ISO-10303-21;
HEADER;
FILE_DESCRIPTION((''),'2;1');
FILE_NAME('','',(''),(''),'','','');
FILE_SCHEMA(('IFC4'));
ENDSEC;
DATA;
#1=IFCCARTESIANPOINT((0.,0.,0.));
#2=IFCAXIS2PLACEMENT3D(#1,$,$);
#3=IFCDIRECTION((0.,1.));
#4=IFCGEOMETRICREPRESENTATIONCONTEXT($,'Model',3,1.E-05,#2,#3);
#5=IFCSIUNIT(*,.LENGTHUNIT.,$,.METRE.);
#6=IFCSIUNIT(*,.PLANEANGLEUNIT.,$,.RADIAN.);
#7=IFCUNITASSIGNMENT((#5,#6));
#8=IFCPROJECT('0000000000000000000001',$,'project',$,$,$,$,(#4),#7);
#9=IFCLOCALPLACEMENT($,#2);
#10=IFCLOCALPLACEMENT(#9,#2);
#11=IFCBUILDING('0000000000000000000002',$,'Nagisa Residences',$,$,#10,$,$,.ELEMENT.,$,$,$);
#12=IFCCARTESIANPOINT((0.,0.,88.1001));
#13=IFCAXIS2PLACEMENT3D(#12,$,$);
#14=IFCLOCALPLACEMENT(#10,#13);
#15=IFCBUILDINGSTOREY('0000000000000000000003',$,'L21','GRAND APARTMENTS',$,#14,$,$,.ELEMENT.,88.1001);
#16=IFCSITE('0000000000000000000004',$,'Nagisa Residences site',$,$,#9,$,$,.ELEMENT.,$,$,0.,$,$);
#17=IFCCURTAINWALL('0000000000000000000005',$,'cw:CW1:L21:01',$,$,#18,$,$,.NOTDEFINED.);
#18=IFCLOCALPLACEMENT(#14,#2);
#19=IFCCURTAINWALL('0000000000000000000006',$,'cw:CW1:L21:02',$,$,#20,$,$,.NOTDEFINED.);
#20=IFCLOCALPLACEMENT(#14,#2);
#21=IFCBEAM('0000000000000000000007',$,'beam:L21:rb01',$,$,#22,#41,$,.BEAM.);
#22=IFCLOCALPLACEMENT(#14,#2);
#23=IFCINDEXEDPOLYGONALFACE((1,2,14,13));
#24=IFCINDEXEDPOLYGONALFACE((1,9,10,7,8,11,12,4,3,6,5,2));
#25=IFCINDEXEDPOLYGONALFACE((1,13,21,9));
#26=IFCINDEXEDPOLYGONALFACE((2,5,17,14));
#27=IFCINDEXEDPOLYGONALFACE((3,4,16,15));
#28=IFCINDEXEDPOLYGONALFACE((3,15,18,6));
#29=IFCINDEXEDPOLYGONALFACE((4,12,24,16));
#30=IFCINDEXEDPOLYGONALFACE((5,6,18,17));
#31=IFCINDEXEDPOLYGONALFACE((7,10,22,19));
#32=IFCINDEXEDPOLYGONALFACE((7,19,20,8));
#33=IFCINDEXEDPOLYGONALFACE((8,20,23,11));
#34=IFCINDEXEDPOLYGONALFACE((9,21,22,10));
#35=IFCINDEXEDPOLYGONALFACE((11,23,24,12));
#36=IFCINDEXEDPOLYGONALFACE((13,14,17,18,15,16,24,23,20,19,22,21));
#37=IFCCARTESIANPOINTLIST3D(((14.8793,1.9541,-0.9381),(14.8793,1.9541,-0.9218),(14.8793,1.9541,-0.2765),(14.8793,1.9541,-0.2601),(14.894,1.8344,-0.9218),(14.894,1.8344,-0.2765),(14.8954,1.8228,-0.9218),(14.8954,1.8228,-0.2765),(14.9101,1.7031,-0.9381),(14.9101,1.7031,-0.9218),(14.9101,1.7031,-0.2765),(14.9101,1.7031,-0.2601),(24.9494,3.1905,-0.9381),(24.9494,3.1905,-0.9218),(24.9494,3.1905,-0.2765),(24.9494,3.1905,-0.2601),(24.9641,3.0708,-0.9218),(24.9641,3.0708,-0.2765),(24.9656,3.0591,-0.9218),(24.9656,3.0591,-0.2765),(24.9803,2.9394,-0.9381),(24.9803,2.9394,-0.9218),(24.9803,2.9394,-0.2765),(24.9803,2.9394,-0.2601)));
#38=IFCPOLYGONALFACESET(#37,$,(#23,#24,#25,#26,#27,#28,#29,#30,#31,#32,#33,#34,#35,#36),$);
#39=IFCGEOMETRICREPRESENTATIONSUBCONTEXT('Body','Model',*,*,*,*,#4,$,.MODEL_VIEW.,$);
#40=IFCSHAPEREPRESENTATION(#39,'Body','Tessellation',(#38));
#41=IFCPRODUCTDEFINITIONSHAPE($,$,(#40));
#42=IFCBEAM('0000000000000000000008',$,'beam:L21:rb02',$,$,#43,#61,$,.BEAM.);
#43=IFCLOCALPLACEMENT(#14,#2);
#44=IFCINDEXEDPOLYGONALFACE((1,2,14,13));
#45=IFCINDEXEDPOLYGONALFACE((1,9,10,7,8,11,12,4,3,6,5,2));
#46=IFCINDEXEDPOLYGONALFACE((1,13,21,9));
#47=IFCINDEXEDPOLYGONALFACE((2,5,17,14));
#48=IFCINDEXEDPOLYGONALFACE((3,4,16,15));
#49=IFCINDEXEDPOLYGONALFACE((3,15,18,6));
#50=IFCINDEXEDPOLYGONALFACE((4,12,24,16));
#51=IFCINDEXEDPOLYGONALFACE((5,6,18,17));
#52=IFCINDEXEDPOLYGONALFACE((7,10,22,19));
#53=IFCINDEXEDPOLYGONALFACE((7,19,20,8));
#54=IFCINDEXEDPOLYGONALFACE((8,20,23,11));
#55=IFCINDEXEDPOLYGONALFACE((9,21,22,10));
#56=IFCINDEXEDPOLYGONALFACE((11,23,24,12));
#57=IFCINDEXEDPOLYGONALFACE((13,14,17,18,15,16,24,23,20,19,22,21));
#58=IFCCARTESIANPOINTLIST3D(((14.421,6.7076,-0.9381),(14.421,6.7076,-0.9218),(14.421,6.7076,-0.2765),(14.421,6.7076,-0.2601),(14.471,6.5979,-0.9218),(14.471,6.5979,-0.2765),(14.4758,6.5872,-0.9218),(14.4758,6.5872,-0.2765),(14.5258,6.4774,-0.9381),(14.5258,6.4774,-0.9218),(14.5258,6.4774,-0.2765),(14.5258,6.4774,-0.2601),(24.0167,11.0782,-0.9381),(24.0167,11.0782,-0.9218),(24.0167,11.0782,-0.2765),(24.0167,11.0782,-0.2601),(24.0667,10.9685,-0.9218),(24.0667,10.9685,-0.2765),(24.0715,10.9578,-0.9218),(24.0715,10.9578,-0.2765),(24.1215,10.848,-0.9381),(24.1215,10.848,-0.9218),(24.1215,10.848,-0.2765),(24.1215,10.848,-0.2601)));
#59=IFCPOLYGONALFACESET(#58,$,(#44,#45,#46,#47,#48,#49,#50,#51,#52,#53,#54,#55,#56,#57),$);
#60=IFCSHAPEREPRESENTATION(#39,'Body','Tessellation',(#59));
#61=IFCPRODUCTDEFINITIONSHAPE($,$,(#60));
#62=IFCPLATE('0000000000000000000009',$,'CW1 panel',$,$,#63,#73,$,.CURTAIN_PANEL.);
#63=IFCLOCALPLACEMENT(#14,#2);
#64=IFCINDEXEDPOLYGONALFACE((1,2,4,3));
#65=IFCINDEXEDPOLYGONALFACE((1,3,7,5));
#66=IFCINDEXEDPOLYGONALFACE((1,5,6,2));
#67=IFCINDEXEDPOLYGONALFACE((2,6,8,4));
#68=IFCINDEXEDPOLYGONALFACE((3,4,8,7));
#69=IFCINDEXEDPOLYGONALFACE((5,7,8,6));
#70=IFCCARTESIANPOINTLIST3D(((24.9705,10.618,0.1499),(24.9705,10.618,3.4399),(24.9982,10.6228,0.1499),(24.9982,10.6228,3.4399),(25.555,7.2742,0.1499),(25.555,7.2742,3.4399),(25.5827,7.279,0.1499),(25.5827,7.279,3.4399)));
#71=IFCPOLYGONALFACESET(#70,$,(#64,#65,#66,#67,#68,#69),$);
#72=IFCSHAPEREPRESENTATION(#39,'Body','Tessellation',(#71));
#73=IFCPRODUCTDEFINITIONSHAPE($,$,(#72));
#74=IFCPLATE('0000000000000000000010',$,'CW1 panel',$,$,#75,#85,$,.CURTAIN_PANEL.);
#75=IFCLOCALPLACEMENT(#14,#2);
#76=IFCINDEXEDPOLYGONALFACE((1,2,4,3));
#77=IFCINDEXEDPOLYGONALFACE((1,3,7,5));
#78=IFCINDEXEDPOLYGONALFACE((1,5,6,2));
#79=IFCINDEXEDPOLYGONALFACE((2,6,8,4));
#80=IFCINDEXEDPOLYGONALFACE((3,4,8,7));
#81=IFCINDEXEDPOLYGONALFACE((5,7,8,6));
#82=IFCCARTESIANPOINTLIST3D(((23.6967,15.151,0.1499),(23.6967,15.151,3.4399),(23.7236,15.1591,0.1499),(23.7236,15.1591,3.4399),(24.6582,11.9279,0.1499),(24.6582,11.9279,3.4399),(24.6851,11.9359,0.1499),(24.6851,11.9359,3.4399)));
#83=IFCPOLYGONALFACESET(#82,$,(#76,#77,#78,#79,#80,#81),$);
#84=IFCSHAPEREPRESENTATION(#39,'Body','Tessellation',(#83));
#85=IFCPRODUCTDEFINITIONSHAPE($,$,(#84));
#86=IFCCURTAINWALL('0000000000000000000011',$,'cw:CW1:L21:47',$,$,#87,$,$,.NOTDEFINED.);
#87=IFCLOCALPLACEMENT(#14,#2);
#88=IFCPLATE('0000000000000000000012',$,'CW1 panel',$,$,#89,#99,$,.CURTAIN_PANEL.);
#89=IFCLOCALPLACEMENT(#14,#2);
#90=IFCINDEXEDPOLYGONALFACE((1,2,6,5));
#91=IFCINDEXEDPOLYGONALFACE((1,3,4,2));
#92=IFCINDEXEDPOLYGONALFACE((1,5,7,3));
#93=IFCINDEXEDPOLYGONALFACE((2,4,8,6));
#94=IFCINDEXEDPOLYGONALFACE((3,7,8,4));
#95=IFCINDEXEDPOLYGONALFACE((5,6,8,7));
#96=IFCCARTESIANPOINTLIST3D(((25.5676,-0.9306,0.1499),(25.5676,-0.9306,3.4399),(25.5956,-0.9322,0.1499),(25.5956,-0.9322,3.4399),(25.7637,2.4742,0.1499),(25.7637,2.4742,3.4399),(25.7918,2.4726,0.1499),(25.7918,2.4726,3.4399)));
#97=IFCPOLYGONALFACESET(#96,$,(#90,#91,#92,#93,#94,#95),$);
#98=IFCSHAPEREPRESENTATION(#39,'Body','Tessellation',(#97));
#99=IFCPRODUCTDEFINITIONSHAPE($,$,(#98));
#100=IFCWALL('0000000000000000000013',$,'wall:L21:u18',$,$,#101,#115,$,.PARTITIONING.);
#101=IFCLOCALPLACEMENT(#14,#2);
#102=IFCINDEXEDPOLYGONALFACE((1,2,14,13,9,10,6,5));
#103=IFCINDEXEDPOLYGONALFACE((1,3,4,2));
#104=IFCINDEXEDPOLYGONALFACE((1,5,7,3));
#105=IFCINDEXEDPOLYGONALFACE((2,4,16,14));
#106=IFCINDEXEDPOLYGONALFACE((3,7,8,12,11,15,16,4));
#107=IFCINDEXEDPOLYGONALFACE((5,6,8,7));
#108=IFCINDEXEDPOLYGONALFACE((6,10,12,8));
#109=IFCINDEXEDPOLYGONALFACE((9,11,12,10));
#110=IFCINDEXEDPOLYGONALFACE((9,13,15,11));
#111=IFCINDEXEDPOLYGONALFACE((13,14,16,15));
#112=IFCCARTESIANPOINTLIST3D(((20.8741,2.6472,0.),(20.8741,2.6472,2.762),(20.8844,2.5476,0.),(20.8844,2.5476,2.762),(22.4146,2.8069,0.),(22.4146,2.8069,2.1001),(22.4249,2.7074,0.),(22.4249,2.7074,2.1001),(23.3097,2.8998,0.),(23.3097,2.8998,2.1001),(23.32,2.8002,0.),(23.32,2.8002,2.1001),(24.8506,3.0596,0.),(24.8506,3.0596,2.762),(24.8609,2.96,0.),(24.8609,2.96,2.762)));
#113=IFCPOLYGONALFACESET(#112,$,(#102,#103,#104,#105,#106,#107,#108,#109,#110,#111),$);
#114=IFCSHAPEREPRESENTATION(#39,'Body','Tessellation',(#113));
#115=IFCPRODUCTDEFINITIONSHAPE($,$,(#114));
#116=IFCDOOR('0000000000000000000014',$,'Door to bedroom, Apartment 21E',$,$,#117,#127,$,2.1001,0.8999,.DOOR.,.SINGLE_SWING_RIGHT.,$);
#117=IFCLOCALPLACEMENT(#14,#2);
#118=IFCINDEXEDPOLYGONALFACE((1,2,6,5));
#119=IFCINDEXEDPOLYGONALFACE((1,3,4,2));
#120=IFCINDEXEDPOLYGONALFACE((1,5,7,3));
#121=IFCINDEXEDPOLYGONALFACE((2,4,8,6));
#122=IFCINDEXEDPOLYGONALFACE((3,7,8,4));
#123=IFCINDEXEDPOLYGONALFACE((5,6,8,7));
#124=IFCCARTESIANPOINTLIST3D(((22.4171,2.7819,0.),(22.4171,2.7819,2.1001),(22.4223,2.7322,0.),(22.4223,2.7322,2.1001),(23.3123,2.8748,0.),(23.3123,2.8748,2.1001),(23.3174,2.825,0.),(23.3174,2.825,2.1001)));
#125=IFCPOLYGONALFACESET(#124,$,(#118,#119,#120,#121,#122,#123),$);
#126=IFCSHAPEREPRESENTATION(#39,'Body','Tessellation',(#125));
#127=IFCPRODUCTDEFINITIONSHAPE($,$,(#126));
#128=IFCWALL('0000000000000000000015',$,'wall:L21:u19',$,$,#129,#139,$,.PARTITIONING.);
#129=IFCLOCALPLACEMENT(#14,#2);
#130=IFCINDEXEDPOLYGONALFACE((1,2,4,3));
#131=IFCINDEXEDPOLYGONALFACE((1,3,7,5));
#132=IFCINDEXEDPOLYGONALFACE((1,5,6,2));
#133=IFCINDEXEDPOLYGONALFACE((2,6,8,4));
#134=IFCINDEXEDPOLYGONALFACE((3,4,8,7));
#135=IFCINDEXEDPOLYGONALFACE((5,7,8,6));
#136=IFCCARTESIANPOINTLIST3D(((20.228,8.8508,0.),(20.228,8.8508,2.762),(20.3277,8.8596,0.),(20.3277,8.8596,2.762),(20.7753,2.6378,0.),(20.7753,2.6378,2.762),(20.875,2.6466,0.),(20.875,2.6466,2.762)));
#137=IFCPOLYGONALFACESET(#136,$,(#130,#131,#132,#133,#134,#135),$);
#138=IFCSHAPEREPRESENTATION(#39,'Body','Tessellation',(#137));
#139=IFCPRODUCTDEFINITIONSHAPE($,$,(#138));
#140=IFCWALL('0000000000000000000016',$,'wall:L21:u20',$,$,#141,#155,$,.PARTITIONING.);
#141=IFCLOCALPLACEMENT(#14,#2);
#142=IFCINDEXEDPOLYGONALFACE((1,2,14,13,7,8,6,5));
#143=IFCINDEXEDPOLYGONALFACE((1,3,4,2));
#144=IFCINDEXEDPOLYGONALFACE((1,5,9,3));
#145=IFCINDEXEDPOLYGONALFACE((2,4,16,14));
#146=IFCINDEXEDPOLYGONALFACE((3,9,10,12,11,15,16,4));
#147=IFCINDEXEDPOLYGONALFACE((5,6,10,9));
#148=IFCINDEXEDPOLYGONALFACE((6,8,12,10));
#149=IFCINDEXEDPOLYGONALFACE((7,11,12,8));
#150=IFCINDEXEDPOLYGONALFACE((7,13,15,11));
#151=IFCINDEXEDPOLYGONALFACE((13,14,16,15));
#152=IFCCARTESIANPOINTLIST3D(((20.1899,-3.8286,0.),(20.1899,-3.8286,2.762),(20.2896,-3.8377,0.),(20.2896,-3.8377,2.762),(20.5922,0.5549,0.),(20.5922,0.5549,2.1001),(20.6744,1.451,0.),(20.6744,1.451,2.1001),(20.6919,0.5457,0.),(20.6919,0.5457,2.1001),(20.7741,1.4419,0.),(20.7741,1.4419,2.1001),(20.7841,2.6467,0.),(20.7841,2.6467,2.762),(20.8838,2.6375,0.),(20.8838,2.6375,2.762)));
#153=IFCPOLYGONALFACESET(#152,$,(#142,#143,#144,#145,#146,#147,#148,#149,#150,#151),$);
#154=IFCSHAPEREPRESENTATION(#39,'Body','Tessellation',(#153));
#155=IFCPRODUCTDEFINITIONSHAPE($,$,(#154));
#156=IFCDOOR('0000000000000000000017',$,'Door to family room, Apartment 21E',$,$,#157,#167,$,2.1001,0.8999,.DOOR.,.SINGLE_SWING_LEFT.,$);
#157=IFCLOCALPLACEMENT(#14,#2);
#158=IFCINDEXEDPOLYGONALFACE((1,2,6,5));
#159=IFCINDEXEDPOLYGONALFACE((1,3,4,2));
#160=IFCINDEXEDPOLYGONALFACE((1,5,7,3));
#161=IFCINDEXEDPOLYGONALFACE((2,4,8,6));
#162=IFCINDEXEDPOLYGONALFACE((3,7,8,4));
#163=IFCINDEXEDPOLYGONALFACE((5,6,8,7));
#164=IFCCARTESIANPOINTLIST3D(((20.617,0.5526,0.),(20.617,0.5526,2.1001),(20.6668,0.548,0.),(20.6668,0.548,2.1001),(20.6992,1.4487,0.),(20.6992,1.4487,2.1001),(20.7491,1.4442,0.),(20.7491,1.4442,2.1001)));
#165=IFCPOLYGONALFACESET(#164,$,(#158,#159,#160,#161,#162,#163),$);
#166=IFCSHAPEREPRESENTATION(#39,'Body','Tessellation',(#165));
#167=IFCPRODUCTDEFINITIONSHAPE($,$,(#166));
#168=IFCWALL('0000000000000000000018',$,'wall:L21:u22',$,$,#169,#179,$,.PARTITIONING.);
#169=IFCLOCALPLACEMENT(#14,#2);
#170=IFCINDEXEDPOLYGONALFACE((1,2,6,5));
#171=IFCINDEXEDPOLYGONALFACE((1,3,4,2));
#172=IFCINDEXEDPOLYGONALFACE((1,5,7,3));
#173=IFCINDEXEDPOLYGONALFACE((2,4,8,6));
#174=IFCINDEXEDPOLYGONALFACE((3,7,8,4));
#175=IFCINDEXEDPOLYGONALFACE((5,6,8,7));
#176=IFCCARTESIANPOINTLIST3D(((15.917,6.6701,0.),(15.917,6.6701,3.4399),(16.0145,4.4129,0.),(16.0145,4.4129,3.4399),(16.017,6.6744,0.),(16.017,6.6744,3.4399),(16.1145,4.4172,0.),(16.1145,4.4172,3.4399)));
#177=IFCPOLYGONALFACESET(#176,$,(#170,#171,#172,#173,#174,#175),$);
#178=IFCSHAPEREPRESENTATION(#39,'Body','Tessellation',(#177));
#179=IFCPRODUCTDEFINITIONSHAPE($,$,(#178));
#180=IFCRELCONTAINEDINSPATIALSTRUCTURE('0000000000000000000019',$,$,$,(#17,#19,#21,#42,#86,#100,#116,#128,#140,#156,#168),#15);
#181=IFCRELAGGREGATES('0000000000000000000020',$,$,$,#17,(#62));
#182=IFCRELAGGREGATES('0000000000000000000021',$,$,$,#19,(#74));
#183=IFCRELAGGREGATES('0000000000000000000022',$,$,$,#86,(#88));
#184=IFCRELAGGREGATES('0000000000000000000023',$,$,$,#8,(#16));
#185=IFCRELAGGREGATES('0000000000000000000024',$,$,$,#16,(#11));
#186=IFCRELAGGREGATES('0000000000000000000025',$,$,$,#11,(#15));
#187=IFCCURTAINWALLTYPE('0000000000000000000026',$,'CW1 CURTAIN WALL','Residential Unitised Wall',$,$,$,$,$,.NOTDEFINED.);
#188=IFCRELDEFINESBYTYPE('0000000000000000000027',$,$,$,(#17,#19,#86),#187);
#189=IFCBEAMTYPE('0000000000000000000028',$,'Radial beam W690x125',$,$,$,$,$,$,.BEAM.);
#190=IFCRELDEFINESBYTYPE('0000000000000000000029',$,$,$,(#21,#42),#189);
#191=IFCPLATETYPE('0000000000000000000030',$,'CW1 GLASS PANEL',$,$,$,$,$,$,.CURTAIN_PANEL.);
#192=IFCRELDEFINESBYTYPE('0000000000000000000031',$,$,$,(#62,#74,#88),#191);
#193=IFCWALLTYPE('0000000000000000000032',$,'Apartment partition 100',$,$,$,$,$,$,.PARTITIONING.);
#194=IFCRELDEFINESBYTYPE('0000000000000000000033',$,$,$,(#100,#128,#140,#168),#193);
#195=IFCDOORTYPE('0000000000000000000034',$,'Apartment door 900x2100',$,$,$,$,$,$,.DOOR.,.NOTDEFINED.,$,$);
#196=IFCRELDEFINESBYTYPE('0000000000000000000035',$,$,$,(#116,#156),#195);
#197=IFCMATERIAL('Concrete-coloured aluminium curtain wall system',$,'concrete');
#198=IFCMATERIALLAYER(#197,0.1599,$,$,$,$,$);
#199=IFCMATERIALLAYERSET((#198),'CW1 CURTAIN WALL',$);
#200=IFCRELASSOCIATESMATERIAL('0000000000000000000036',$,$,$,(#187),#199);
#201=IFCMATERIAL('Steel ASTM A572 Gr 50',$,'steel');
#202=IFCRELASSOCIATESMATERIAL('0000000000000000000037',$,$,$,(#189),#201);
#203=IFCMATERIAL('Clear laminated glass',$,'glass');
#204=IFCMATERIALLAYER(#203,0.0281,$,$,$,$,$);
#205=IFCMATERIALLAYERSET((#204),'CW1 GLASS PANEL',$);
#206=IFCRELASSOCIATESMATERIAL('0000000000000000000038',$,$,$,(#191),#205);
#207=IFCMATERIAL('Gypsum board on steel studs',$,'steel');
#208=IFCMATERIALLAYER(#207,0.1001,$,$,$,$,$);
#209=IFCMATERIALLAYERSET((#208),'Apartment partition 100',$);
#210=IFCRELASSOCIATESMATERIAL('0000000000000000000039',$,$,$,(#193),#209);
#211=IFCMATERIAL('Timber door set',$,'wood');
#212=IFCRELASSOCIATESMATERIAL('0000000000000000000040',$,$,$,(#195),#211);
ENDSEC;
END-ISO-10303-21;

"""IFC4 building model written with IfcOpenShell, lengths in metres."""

from ifc_helpers import new_model, si_unit, direction, frame, frame_2d, origin, origin_2d, place, context, subcontext, project, spatial, rectangle, i_section, extrude, material, layer, layer_set, material_profile, profile_set, type_object, element, fill, aggregate, save


model = new_model("IFC4")

# Units and contexts
model_context = context("Model", 3, precision=1e-05, world=origin(), true_north=direction((0.0, 1.0)))
body_context = subcontext(model_context, "Body", "Model", "MODEL_VIEW")
ifc_project = project(units=[si_unit("LENGTHUNIT", "METRE"), si_unit("PLANEANGLEUNIT", "RADIAN")], contexts=[model_context])

# Site, building, storey
site_placement = place(None, origin())
site = spatial("IfcSite", under=ifc_project, at=site_placement, Name="Nagisa Residences site", CompositionType="ELEMENT", RefElevation=0.0)
building_placement = place(site_placement, origin())
building = spatial("IfcBuilding", under=site, at=building_placement, Name="Nagisa Residences", CompositionType="ELEMENT")
storey_placement = place(building_placement, frame((0.0, 0.0, 88.1001)))
storey = spatial("IfcBuildingStorey", under=building, at=storey_placement, Name="L21", Description="GRAND APARTMENTS", CompositionType="ELEMENT", Elevation=88.1001)

# Curtain walls
ifc_material_1 = material(Name="Concrete-coloured aluminium curtain wall system", Category="concrete")
ifc_layer_1 = layer(ifc_material_1, 0.1599)
ifc_layer_set_1 = layer_set([ifc_layer_1], Name="CW1 CURTAIN WALL")
curtain_wall_type = type_object("IfcCurtainWallType", Name="CW1 CURTAIN WALL", Description="Residential Unitised Wall", PredefinedType="NOTDEFINED", material=ifc_layer_set_1)
curtain_wall_1_placement = place(storey_placement, origin())
curtain_wall_1 = element("IfcCurtainWall", 1, at=curtain_wall_1_placement, inside=storey, type_object=curtain_wall_type, Name="cw:CW1:L21:01", PredefinedType="NOTDEFINED")
curtain_wall_2_placement = place(storey_placement, origin())
curtain_wall_2 = element("IfcCurtainWall", 2, at=curtain_wall_2_placement, inside=storey, type_object=curtain_wall_type, Name="cw:CW1:L21:02", PredefinedType="NOTDEFINED")

# Beams
ifc_material_2 = material(Name="Steel ASTM A572 Gr 50", Category="steel")
ifc_material_profile_1 = material_profile(ifc_material_2, i_section(OverallWidth=0.2529, OverallDepth=0.678, WebThickness=0.0117, FlangeThickness=0.0164, at=origin_2d()), Name="W690x125")
ifc_profile_set_1 = profile_set([ifc_material_profile_1], Name="Steel ASTM A572 Gr 50")
beam_type_1 = type_object("IfcBeamType", Name="Radial beam W690x125", PredefinedType="BEAM", material=ifc_profile_set_1)
beam_1_placement = place(storey_placement, frame((24.9648, 3.0649, -0.5991), z_axis=(-0.992548, -0.121858, 0.0), x_axis=(0.121858, -0.992548, 0.0)))
element("IfcBeam", 3, at=beam_1_placement, inside=storey, type_object=beam_type_1, Name="beam:L21:rb01", PredefinedType="BEAM", context=body_context, shape_type="SweptSolid", body=[
    extrude(i_section(OverallWidth=0.2529, OverallDepth=0.678, WebThickness=0.0117, FlangeThickness=0.0164, at=origin_2d()), origin(), (0.0, 0.0, 1.0), 10.1458),
])
beam_2_placement = place(storey_placement, frame((24.0691, 10.9631, -0.5991), z_axis=(-0.910047, -0.414504, 0.0), x_axis=(0.414504, -0.910047, 0.0)))
element("IfcBeam", 4, at=beam_2_placement, inside=storey, type_object=beam_type_1, Name="beam:L21:rb02", PredefinedType="BEAM", context=body_context, shape_type="SweptSolid", body=[
    extrude(i_section(OverallWidth=0.2529, OverallDepth=0.678, WebThickness=0.0117, FlangeThickness=0.0164, at=origin_2d()), origin(), (0.0, 0.0, 1.0), 10.5442),
])

# Plates
ifc_material_3 = material(Name="Clear laminated glass", Category="glass")
ifc_layer_2 = layer(ifc_material_3, 0.0281)
ifc_layer_set_2 = layer_set([ifc_layer_2], Name="CW1 GLASS PANEL")
plate_type = type_object("IfcPlateType", Name="CW1 GLASS PANEL", PredefinedType="CURTAIN_PANEL", material=ifc_layer_set_2)
plate_1_placement = place(storey_placement, frame((25.2766, 8.9485, 0.1499), z_axis=(0.0, 0.0, 1.0), x_axis=(-0.172191, 0.985064, 0.0)))
plate_1 = element("IfcPlate", 5, at=plate_1_placement, type_object=plate_type, Name="CW1 panel", PredefinedType="CURTAIN_PANEL", context=body_context, shape_type="SweptSolid", body=[
    extrude(rectangle(XDim=3.3945, YDim=0.0281, at=origin_2d()), origin(), (0.0, 0.0, 1.0), 3.29),
])
aggregate(curtain_wall_1, [plate_1])
plate_2_placement = place(storey_placement, frame((24.1909, 13.5435, 0.1499), z_axis=(0.0, 0.0, 1.0), x_axis=(-0.28586, 0.958271, 0.0)))
plate_2 = element("IfcPlate", 6, at=plate_2_placement, type_object=plate_type, Name="CW1 panel", PredefinedType="CURTAIN_PANEL", context=body_context, shape_type="SweptSolid", body=[
    extrude(rectangle(XDim=3.3635, YDim=0.0281, at=origin_2d()), origin(), (0.0, 0.0, 1.0), 3.29),
])
aggregate(curtain_wall_2, [plate_2])

# Curtain wall, plate
curtain_wall_3_placement = place(storey_placement, origin())
curtain_wall_3 = element("IfcCurtainWall", 7, at=curtain_wall_3_placement, inside=storey, type_object=curtain_wall_type, Name="cw:CW1:L21:47", PredefinedType="NOTDEFINED")
plate_3_placement = place(storey_placement, frame((25.6797, 0.771, 0.1499), z_axis=(0.0, 0.0, 1.0), x_axis=(0.057503, 0.998345, 0.0)))
plate_3 = element("IfcPlate", 8, at=plate_3_placement, type_object=plate_type, Name="CW1 panel", PredefinedType="CURTAIN_PANEL", context=body_context, shape_type="SweptSolid", body=[
    extrude(rectangle(XDim=3.4104, YDim=0.0281, at=origin_2d()), origin(), (0.0, 0.0, 1.0), 3.29),
])
aggregate(curtain_wall_3, [plate_3])

# Wall, opening, door
ifc_material_4 = material(Name="Gypsum board on steel studs", Category="steel")
ifc_layer_3 = layer(ifc_material_4, 0.1001)
ifc_layer_set_3 = layer_set([ifc_layer_3], Name="Apartment partition 100")
wall_type_1 = type_object("IfcWallType", Name="Apartment partition 100", PredefinedType="PARTITIONING", material=ifc_layer_set_3)
wall_1_placement = place(storey_placement, frame((20.8792, 2.5974, 0.0), z_axis=(0.0, 0.0, 1.0), x_axis=(0.994667, 0.103143, 0.0)))
wall_1 = element("IfcWall", 9, at=wall_1_placement, inside=storey, type_object=wall_type_1, Name="wall:L21:u18", PredefinedType="PARTITIONING", context=body_context, shape_type="SweptSolid", body=[
    extrude(rectangle(XDim=3.9978, YDim=0.1001, at=frame_2d((1.999, 0.0))), origin(), (0.0, 0.0, 1.0), 2.762),
])
opening_1_placement = place(wall_1_placement, frame((1.5488, 0.0, 0.0)))
opening_1 = element("IfcOpeningElement", 10, at=opening_1_placement, cuts=wall_1, PredefinedType="OPENING", context=body_context, shape_type="SweptSolid", body=[
    extrude(rectangle(XDim=0.8999, YDim=2.1001, at=frame_2d((0.45, 1.05))), frame((0.0, 0.0601, 0.0), z_axis=(0.0, -1.0, 0.0), x_axis=(1.0, 0.0, 0.0)), (0.0, 0.0, 1.0), 0.1201),
])
ifc_material_5 = material(Name="Timber door set", Category="wood")
door_type_1 = type_object("IfcDoorType", Name="Apartment door 900x2100", OperationType="NOTDEFINED", PredefinedType="DOOR", material=ifc_material_5)
door_1_placement = place(opening_1_placement, origin())
door_1 = element("IfcDoor", 11, at=door_1_placement, inside=storey, type_object=door_type_1, Name="Door to bedroom, Apartment 21E", OperationType="SINGLE_SWING_RIGHT", OverallHeight=2.1001, OverallWidth=0.8999, PredefinedType="DOOR", context=body_context, shape_type="SweptSolid", body=[
    extrude(rectangle(XDim=0.8999, YDim=2.1001, at=frame_2d((0.45, 1.05))), frame((0.0, 0.0249, 0.0), z_axis=(0.0, -1.0, 0.0), x_axis=(1.0, 0.0, 0.0)), (0.0, 0.0, 1.0), 0.05),
])
fill(opening_1, door_1)

# Wall
wall_2_placement = place(storey_placement, frame((20.8252, 2.6421, 0.0), z_axis=(0.0, 0.0, 1.0), x_axis=(-0.087761, 0.996142, 0.0)))
element("IfcWall", 12, at=wall_2_placement, inside=storey, type_object=wall_type_1, Name="wall:L21:u19", PredefinedType="PARTITIONING", context=body_context, shape_type="SweptSolid", body=[
    extrude(rectangle(XDim=6.2371, YDim=0.1001, at=frame_2d((3.1187, 0.0))), origin(), (0.0, 0.0, 1.0), 2.762),
])

# Wall, opening, door
wall_3_placement = place(storey_placement, frame((20.834, 2.6421, 0.0), z_axis=(0.0, 0.0, 1.0), x_axis=(-0.091385, -0.995816, 0.0)))
wall_3 = element("IfcWall", 13, at=wall_3_placement, inside=storey, type_object=wall_type_1, Name="wall:L21:u20", PredefinedType="PARTITIONING", context=body_context, shape_type="SweptSolid", body=[
    extrude(rectangle(XDim=6.5024, YDim=0.1001, at=frame_2d((3.2512, 0.0))), origin(), (0.0, 0.0, 1.0), 2.762),
])
opening_2_placement = place(wall_3_placement, frame((1.2007, 0.0, 0.0)))
opening_2 = element("IfcOpeningElement", 14, at=opening_2_placement, cuts=wall_3, PredefinedType="OPENING", context=body_context, shape_type="SweptSolid", body=[
    extrude(rectangle(XDim=0.8999, YDim=2.1001, at=frame_2d((0.45, 1.05))), frame((0.0, 0.0601, 0.0), z_axis=(0.0, -1.0, 0.0), x_axis=(1.0, 0.0, 0.0)), (0.0, 0.0, 1.0), 0.1201),
])
door_2_placement = place(opening_2_placement, origin())
door_2 = element("IfcDoor", 15, at=door_2_placement, inside=storey, type_object=door_type_1, Name="Door to family room, Apartment 21E", OperationType="SINGLE_SWING_LEFT", OverallHeight=2.1001, OverallWidth=0.8999, PredefinedType="DOOR", context=body_context, shape_type="SweptSolid", body=[
    extrude(rectangle(XDim=0.8999, YDim=2.1001, at=frame_2d((0.45, 1.05))), frame((0.0, 0.0249, 0.0), z_axis=(0.0, -1.0, 0.0), x_axis=(1.0, 0.0, 0.0)), (0.0, 0.0, 1.0), 0.05),
])
fill(opening_2, door_2)

# Wall
wall_4_placement = place(storey_placement, frame((16.0645, 4.415, 0.0), z_axis=(0.0, 0.0, 1.0), x_axis=(-0.043118, 0.99907, 0.0)))
element("IfcWall", 16, at=wall_4_placement, inside=storey, type_object=wall_type_1, Name="wall:L21:u22", PredefinedType="PARTITIONING", context=body_context, shape_type="SweptSolid", body=[
    extrude(rectangle(XDim=2.2593, YDim=0.1001, at=frame_2d((1.1296, 0.0))), origin(), (0.0, 0.0, 1.0), 3.4399),
])

save(model, "model.ifc")
